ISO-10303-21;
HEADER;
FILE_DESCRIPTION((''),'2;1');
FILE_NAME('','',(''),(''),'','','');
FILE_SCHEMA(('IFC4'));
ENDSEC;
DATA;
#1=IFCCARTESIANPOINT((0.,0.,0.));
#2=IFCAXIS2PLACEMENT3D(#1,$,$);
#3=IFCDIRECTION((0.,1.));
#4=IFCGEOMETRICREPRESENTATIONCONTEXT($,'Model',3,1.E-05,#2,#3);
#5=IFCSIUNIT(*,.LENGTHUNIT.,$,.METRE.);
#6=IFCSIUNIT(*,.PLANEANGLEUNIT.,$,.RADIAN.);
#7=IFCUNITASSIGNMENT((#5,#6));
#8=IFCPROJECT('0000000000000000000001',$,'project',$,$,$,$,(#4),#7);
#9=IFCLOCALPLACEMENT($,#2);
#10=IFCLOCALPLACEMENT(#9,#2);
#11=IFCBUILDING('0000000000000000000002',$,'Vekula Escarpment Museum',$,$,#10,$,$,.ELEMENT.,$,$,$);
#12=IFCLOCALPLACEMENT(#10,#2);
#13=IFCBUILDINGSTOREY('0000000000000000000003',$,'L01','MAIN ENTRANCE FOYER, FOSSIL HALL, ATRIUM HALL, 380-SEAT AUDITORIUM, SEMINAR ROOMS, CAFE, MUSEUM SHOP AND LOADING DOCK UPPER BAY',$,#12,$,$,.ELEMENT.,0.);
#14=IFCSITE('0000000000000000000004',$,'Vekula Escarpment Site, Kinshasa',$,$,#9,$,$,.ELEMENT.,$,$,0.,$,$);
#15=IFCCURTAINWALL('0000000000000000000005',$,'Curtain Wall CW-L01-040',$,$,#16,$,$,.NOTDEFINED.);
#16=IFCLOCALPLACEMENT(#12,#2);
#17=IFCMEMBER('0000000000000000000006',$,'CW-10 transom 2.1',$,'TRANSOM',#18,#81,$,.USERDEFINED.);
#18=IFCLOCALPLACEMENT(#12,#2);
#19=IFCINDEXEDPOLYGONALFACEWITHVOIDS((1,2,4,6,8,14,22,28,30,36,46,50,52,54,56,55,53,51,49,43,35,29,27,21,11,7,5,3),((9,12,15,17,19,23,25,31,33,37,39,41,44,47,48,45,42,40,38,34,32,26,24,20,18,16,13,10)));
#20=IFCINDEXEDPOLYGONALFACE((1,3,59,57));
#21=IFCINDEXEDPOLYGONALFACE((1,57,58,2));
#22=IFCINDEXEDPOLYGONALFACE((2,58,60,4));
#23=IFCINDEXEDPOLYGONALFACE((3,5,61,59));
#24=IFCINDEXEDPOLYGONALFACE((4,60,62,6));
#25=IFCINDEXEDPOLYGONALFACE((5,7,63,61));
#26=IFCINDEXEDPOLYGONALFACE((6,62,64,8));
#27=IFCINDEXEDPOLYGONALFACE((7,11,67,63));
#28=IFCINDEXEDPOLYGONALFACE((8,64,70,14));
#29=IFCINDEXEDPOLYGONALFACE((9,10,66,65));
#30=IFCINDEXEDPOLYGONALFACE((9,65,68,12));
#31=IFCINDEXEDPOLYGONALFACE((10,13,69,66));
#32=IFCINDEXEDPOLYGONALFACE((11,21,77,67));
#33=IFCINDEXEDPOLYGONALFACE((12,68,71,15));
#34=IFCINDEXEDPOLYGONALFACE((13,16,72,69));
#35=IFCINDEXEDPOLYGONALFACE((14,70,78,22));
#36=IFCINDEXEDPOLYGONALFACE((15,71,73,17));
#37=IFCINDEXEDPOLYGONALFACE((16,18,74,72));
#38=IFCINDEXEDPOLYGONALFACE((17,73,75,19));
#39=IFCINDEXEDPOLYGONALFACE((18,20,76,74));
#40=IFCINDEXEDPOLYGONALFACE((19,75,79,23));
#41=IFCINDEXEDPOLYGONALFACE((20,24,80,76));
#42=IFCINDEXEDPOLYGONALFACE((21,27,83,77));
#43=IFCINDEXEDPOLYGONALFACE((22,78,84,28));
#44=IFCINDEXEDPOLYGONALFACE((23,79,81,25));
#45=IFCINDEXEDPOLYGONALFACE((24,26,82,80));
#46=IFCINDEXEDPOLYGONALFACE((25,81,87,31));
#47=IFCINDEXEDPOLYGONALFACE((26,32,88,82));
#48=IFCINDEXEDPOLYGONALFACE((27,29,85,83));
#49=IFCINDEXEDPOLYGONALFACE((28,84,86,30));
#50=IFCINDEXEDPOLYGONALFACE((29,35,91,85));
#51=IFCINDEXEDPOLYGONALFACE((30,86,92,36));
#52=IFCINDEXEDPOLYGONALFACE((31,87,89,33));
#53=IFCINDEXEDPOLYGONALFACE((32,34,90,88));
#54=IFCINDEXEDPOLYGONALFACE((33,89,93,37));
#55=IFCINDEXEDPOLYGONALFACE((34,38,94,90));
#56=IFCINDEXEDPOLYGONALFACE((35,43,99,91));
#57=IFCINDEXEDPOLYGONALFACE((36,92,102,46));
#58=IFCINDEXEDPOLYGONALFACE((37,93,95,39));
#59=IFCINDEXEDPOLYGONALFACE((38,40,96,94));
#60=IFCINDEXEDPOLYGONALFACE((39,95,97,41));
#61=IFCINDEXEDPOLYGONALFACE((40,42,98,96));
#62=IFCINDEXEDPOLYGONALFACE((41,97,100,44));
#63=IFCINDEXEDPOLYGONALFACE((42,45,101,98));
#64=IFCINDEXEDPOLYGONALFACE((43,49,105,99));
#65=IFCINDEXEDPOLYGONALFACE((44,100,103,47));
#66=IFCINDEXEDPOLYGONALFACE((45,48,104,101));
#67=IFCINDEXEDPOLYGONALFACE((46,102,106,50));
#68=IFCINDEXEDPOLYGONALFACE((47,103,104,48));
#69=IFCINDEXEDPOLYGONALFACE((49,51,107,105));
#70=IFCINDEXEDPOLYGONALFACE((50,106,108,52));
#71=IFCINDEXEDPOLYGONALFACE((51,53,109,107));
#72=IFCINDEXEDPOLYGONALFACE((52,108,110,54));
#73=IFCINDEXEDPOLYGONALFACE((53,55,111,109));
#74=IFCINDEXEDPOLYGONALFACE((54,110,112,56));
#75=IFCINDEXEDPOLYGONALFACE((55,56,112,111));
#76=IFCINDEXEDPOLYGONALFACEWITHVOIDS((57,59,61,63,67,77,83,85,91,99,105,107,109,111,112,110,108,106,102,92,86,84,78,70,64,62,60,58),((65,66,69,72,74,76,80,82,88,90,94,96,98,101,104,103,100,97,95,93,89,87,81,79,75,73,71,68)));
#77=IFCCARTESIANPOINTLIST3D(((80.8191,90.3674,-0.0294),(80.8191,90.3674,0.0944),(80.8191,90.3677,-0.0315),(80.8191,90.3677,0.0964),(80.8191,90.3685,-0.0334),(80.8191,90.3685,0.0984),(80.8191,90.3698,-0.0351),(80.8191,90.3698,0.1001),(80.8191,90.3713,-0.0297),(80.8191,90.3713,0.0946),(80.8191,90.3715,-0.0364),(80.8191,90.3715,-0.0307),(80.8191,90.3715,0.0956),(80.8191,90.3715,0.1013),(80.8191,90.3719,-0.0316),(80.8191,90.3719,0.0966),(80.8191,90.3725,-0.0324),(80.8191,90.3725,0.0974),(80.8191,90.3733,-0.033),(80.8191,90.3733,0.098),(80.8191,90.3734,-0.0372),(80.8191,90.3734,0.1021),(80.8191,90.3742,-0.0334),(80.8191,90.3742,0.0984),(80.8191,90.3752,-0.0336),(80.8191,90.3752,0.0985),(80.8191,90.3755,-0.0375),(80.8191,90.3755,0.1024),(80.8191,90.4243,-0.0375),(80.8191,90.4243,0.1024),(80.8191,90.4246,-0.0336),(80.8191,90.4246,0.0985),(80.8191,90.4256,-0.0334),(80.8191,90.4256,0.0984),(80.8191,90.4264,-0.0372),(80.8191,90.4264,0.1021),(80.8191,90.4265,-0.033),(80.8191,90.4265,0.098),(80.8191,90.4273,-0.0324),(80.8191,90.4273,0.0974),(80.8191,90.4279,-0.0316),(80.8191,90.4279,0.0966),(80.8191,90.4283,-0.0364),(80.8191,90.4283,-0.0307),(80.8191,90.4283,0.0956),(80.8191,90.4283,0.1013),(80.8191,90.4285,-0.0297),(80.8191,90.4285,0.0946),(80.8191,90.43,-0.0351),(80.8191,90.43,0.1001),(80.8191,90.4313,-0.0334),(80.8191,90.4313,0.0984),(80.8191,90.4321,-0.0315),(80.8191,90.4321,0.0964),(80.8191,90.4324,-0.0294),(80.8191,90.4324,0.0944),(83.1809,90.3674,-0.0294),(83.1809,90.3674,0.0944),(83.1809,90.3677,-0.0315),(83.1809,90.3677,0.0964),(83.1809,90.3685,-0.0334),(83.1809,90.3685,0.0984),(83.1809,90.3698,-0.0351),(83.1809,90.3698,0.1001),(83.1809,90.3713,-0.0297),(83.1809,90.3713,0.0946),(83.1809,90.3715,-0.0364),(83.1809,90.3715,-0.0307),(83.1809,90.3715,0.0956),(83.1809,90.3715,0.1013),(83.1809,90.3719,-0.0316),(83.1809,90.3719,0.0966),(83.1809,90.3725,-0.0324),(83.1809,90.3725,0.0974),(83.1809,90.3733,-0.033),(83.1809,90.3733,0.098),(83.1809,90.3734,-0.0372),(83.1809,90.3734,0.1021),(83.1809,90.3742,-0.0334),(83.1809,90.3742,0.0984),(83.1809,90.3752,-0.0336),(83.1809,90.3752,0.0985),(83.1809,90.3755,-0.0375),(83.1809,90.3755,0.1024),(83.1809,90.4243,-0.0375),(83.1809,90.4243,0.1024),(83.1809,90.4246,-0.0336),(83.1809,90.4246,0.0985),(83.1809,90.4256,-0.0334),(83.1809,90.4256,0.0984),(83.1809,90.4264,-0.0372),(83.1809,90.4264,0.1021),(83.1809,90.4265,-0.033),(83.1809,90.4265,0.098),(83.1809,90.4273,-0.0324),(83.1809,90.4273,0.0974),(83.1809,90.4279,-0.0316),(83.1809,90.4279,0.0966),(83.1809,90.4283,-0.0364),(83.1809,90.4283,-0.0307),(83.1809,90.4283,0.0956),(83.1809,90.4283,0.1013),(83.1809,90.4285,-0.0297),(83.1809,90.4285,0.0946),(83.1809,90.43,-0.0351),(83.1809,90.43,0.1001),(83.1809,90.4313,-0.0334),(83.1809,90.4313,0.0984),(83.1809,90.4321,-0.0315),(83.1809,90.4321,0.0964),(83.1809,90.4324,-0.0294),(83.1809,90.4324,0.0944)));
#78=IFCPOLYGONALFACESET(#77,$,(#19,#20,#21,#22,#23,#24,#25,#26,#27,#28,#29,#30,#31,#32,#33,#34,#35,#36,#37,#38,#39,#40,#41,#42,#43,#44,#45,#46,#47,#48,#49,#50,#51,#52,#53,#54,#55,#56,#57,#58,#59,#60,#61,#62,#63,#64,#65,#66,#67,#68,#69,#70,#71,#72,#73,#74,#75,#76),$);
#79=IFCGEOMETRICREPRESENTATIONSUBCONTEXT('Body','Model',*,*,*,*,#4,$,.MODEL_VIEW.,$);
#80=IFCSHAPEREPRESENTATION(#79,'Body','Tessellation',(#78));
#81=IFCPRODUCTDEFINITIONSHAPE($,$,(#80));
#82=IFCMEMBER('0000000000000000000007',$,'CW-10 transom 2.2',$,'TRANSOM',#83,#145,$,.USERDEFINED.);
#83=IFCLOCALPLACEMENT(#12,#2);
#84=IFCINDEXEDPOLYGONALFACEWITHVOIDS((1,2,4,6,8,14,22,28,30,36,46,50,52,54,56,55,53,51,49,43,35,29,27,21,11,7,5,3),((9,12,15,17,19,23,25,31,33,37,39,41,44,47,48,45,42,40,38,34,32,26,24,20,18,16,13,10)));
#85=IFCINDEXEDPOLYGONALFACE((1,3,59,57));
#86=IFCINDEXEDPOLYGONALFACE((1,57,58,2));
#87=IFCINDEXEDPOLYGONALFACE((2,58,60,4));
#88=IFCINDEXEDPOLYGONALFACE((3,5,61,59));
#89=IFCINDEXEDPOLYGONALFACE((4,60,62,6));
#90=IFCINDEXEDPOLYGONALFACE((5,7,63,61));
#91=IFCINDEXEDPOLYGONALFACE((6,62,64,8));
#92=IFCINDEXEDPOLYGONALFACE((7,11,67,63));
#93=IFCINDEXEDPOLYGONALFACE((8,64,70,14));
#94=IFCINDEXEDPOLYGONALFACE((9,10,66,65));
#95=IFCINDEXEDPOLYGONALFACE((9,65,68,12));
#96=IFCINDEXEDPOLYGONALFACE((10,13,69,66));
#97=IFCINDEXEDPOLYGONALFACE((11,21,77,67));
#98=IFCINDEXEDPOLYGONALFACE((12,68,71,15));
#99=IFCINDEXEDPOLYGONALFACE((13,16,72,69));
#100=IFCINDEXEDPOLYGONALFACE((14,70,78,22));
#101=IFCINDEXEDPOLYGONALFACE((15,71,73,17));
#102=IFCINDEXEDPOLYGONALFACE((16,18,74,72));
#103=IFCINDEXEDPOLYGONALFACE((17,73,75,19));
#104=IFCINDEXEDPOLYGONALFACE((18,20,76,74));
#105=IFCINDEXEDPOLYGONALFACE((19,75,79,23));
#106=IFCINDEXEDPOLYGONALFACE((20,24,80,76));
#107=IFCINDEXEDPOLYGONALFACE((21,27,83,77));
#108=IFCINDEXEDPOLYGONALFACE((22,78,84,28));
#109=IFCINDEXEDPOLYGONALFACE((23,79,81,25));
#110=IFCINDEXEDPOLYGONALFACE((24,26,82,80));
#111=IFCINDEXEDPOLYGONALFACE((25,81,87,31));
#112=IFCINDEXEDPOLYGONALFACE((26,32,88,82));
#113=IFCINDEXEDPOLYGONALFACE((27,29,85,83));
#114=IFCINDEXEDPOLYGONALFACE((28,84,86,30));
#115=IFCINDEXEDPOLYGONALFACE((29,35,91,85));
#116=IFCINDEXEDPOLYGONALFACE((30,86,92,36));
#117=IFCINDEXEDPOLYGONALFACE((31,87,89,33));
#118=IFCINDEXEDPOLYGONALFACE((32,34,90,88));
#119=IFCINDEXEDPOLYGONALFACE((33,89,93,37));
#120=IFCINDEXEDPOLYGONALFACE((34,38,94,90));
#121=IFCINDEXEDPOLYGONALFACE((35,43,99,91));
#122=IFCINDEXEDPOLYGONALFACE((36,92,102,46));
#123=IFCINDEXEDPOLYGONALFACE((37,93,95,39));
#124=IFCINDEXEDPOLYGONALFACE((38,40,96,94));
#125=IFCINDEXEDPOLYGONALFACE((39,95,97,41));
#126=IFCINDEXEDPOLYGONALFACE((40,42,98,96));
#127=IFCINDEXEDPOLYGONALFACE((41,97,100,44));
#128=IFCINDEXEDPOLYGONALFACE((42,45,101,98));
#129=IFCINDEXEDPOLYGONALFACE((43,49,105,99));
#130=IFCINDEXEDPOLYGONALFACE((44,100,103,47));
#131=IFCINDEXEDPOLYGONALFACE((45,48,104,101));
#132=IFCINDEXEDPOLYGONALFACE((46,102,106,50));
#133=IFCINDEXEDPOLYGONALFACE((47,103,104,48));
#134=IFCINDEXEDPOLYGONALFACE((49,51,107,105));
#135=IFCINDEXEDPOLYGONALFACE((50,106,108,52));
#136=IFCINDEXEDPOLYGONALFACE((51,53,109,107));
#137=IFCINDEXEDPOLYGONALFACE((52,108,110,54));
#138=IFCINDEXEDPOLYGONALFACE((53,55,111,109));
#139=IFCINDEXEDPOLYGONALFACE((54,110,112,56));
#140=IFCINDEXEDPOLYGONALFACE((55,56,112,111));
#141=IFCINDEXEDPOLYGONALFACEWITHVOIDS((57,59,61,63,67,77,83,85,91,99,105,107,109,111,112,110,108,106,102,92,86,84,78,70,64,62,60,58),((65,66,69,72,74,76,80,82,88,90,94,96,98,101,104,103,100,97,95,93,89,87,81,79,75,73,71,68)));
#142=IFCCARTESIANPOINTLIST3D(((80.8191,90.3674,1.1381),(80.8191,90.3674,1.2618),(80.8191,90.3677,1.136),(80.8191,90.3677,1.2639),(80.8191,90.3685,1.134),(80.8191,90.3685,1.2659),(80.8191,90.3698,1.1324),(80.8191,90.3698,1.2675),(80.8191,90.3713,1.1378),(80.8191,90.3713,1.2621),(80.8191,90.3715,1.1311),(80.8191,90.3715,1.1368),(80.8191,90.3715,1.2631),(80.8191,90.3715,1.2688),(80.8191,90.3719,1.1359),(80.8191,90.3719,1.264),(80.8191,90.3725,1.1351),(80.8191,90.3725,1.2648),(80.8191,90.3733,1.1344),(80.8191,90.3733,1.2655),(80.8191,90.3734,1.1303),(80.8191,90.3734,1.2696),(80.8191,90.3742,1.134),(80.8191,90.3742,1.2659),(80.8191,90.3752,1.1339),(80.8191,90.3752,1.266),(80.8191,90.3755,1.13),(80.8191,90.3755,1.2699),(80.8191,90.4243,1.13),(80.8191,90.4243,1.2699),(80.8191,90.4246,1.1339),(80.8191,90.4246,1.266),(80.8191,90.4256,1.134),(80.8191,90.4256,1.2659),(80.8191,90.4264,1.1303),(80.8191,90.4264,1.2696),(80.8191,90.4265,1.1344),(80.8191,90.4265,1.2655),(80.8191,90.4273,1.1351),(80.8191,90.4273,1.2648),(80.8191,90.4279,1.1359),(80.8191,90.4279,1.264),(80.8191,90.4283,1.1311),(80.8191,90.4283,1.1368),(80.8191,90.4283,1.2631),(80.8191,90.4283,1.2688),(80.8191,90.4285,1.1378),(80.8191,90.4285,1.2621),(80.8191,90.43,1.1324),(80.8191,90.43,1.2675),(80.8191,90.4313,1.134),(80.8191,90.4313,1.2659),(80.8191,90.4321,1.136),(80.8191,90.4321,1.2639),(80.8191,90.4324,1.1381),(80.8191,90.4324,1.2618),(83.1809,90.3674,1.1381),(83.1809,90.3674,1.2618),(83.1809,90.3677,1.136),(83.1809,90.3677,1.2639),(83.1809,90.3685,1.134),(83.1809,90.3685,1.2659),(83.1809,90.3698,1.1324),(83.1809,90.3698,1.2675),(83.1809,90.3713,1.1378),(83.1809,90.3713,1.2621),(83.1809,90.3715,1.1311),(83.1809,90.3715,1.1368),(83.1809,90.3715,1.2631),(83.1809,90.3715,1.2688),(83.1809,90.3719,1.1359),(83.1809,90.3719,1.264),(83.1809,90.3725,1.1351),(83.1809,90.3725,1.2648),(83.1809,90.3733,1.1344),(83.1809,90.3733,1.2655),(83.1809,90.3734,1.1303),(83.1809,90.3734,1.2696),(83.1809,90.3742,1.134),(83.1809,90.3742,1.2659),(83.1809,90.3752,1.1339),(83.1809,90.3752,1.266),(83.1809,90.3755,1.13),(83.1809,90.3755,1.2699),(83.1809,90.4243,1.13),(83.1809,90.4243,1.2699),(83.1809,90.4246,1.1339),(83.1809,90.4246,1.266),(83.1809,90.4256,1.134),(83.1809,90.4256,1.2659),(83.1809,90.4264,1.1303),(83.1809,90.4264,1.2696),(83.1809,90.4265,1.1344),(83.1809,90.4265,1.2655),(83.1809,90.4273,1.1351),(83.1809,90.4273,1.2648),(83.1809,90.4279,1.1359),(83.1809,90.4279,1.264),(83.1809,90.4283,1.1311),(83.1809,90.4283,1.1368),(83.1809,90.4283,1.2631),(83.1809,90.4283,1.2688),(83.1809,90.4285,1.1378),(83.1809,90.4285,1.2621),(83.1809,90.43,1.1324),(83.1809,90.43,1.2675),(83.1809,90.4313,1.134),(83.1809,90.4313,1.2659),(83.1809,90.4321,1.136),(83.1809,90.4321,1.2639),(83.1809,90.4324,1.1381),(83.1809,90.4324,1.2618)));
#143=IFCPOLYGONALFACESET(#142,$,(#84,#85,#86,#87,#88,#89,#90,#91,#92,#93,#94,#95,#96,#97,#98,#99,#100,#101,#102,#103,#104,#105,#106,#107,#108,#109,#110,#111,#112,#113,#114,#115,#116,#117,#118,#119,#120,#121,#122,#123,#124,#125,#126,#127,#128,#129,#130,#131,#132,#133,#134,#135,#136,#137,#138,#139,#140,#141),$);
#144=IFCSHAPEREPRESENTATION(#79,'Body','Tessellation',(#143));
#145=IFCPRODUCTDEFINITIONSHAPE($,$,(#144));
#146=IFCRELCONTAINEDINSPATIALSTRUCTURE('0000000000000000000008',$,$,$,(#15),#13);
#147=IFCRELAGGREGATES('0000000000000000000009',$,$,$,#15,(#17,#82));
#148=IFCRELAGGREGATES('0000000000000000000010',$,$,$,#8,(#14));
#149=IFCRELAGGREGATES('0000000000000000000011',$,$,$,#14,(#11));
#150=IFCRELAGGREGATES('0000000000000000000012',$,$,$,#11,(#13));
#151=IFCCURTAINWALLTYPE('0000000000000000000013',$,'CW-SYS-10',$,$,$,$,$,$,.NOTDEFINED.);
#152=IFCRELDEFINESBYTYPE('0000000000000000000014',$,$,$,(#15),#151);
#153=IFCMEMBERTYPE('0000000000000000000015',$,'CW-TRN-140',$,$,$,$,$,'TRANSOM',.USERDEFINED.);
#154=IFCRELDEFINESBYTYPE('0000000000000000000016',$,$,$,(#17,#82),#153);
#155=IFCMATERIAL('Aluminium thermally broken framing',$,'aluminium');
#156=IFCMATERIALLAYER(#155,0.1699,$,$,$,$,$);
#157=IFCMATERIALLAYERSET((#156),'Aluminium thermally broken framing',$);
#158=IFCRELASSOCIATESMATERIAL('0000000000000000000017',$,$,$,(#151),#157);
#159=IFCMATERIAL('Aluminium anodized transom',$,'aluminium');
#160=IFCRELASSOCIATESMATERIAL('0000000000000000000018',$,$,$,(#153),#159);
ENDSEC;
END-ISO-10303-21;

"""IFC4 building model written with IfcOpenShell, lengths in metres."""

from ifc_helpers import new_model, si_unit, direction, frame, origin, origin_2d, place, context, subcontext, project, spatial, hollow_rectangle, extrude, material, layer, layer_set, material_profile, profile_set, type_object, element, aggregate, save


model = new_model("IFC4")

# Units and contexts
model_context = context("Model", 3, precision=1e-05, world=origin(), true_north=direction((0.0, 1.0)))
body_context = subcontext(model_context, "Body", "Model", "MODEL_VIEW")
ifc_project = project(units=[si_unit("LENGTHUNIT", "METRE"), si_unit("PLANEANGLEUNIT", "RADIAN")], contexts=[model_context])

# Site, building, storey
site_placement = place(None, origin())
site = spatial("IfcSite", under=ifc_project, at=site_placement, Name="Vekula Escarpment Site, Kinshasa", CompositionType="ELEMENT", RefElevation=0.0)
building_placement = place(site_placement, origin())
building = spatial("IfcBuilding", under=site, at=building_placement, Name="Vekula Escarpment Museum", CompositionType="ELEMENT")
storey_placement = place(building_placement, origin())
storey = spatial("IfcBuildingStorey", under=building, at=storey_placement, Name="L01", Description="MAIN ENTRANCE FOYER, FOSSIL HALL, ATRIUM HALL, 380-SEAT AUDITORIUM, SEMINAR ROOMS, CAFE, MUSEUM SHOP AND LOADING DOCK UPPER BAY", CompositionType="ELEMENT", Elevation=0.0)

# Curtain wall, members
ifc_material_1 = material(Name="Aluminium thermally broken framing", Category="aluminium")
ifc_layer_1 = layer(ifc_material_1, 0.1699)
ifc_layer_set_1 = layer_set([ifc_layer_1], Name="Aluminium thermally broken framing")
curtain_wall_type = type_object("IfcCurtainWallType", Name="CW-SYS-10", PredefinedType="NOTDEFINED", material=ifc_layer_set_1)
curtain_wall_placement = place(storey_placement, origin())
curtain_wall = element("IfcCurtainWall", 1, at=curtain_wall_placement, inside=storey, type_object=curtain_wall_type, Name="Curtain Wall CW-L01-040", PredefinedType="NOTDEFINED")
ifc_material_2 = material(Name="Aluminium anodized transom", Category="aluminium")
ifc_material_profile_1 = material_profile(ifc_material_2, hollow_rectangle(XDim=0.0649, YDim=0.1399, WallThickness=0.0039, InnerFilletRadius=0.0039, OuterFilletRadius=0.0081, at=origin_2d()), Name="ALU 140x65x4")
ifc_profile_set_1 = profile_set([ifc_material_profile_1], Name="Aluminium anodized transom")
member_type_1 = type_object("IfcMemberType", Name="CW-TRN-140", ElementType="TRANSOM", PredefinedType="USERDEFINED", material=ifc_profile_set_1)
member_1_placement = place(storey_placement, frame((83.1809, 90.3999, 0.0325), z_axis=(-1.0, 0.0, 0.0), x_axis=(0.0, -1.0, 0.0)))
member_1 = element("IfcMember", 2, at=member_1_placement, type_object=member_type_1, Name="CW-10 transom 2.1", ObjectType="TRANSOM", PredefinedType="USERDEFINED", context=body_context, shape_type="SweptSolid", body=[
    extrude(hollow_rectangle(XDim=0.0649, YDim=0.1399, WallThickness=0.0039, InnerFilletRadius=0.0039, OuterFilletRadius=0.0081, at=origin_2d()), origin(), (0.0, 0.0, 1.0), 2.3618),
])
member_2_placement = place(storey_placement, frame((83.1809, 90.3999, 1.2), z_axis=(-1.0, 0.0, 0.0), x_axis=(0.0, -1.0, 0.0)))
member_2 = element("IfcMember", 3, at=member_2_placement, type_object=member_type_1, Name="CW-10 transom 2.2", ObjectType="TRANSOM", PredefinedType="USERDEFINED", context=body_context, shape_type="SweptSolid", body=[
    extrude(hollow_rectangle(XDim=0.0649, YDim=0.1399, WallThickness=0.0039, InnerFilletRadius=0.0039, OuterFilletRadius=0.0081, at=origin_2d()), origin(), (0.0, 0.0, 1.0), 2.3618),
])
aggregate(curtain_wall, [member_1, member_2])

save(model, "model.ifc")
